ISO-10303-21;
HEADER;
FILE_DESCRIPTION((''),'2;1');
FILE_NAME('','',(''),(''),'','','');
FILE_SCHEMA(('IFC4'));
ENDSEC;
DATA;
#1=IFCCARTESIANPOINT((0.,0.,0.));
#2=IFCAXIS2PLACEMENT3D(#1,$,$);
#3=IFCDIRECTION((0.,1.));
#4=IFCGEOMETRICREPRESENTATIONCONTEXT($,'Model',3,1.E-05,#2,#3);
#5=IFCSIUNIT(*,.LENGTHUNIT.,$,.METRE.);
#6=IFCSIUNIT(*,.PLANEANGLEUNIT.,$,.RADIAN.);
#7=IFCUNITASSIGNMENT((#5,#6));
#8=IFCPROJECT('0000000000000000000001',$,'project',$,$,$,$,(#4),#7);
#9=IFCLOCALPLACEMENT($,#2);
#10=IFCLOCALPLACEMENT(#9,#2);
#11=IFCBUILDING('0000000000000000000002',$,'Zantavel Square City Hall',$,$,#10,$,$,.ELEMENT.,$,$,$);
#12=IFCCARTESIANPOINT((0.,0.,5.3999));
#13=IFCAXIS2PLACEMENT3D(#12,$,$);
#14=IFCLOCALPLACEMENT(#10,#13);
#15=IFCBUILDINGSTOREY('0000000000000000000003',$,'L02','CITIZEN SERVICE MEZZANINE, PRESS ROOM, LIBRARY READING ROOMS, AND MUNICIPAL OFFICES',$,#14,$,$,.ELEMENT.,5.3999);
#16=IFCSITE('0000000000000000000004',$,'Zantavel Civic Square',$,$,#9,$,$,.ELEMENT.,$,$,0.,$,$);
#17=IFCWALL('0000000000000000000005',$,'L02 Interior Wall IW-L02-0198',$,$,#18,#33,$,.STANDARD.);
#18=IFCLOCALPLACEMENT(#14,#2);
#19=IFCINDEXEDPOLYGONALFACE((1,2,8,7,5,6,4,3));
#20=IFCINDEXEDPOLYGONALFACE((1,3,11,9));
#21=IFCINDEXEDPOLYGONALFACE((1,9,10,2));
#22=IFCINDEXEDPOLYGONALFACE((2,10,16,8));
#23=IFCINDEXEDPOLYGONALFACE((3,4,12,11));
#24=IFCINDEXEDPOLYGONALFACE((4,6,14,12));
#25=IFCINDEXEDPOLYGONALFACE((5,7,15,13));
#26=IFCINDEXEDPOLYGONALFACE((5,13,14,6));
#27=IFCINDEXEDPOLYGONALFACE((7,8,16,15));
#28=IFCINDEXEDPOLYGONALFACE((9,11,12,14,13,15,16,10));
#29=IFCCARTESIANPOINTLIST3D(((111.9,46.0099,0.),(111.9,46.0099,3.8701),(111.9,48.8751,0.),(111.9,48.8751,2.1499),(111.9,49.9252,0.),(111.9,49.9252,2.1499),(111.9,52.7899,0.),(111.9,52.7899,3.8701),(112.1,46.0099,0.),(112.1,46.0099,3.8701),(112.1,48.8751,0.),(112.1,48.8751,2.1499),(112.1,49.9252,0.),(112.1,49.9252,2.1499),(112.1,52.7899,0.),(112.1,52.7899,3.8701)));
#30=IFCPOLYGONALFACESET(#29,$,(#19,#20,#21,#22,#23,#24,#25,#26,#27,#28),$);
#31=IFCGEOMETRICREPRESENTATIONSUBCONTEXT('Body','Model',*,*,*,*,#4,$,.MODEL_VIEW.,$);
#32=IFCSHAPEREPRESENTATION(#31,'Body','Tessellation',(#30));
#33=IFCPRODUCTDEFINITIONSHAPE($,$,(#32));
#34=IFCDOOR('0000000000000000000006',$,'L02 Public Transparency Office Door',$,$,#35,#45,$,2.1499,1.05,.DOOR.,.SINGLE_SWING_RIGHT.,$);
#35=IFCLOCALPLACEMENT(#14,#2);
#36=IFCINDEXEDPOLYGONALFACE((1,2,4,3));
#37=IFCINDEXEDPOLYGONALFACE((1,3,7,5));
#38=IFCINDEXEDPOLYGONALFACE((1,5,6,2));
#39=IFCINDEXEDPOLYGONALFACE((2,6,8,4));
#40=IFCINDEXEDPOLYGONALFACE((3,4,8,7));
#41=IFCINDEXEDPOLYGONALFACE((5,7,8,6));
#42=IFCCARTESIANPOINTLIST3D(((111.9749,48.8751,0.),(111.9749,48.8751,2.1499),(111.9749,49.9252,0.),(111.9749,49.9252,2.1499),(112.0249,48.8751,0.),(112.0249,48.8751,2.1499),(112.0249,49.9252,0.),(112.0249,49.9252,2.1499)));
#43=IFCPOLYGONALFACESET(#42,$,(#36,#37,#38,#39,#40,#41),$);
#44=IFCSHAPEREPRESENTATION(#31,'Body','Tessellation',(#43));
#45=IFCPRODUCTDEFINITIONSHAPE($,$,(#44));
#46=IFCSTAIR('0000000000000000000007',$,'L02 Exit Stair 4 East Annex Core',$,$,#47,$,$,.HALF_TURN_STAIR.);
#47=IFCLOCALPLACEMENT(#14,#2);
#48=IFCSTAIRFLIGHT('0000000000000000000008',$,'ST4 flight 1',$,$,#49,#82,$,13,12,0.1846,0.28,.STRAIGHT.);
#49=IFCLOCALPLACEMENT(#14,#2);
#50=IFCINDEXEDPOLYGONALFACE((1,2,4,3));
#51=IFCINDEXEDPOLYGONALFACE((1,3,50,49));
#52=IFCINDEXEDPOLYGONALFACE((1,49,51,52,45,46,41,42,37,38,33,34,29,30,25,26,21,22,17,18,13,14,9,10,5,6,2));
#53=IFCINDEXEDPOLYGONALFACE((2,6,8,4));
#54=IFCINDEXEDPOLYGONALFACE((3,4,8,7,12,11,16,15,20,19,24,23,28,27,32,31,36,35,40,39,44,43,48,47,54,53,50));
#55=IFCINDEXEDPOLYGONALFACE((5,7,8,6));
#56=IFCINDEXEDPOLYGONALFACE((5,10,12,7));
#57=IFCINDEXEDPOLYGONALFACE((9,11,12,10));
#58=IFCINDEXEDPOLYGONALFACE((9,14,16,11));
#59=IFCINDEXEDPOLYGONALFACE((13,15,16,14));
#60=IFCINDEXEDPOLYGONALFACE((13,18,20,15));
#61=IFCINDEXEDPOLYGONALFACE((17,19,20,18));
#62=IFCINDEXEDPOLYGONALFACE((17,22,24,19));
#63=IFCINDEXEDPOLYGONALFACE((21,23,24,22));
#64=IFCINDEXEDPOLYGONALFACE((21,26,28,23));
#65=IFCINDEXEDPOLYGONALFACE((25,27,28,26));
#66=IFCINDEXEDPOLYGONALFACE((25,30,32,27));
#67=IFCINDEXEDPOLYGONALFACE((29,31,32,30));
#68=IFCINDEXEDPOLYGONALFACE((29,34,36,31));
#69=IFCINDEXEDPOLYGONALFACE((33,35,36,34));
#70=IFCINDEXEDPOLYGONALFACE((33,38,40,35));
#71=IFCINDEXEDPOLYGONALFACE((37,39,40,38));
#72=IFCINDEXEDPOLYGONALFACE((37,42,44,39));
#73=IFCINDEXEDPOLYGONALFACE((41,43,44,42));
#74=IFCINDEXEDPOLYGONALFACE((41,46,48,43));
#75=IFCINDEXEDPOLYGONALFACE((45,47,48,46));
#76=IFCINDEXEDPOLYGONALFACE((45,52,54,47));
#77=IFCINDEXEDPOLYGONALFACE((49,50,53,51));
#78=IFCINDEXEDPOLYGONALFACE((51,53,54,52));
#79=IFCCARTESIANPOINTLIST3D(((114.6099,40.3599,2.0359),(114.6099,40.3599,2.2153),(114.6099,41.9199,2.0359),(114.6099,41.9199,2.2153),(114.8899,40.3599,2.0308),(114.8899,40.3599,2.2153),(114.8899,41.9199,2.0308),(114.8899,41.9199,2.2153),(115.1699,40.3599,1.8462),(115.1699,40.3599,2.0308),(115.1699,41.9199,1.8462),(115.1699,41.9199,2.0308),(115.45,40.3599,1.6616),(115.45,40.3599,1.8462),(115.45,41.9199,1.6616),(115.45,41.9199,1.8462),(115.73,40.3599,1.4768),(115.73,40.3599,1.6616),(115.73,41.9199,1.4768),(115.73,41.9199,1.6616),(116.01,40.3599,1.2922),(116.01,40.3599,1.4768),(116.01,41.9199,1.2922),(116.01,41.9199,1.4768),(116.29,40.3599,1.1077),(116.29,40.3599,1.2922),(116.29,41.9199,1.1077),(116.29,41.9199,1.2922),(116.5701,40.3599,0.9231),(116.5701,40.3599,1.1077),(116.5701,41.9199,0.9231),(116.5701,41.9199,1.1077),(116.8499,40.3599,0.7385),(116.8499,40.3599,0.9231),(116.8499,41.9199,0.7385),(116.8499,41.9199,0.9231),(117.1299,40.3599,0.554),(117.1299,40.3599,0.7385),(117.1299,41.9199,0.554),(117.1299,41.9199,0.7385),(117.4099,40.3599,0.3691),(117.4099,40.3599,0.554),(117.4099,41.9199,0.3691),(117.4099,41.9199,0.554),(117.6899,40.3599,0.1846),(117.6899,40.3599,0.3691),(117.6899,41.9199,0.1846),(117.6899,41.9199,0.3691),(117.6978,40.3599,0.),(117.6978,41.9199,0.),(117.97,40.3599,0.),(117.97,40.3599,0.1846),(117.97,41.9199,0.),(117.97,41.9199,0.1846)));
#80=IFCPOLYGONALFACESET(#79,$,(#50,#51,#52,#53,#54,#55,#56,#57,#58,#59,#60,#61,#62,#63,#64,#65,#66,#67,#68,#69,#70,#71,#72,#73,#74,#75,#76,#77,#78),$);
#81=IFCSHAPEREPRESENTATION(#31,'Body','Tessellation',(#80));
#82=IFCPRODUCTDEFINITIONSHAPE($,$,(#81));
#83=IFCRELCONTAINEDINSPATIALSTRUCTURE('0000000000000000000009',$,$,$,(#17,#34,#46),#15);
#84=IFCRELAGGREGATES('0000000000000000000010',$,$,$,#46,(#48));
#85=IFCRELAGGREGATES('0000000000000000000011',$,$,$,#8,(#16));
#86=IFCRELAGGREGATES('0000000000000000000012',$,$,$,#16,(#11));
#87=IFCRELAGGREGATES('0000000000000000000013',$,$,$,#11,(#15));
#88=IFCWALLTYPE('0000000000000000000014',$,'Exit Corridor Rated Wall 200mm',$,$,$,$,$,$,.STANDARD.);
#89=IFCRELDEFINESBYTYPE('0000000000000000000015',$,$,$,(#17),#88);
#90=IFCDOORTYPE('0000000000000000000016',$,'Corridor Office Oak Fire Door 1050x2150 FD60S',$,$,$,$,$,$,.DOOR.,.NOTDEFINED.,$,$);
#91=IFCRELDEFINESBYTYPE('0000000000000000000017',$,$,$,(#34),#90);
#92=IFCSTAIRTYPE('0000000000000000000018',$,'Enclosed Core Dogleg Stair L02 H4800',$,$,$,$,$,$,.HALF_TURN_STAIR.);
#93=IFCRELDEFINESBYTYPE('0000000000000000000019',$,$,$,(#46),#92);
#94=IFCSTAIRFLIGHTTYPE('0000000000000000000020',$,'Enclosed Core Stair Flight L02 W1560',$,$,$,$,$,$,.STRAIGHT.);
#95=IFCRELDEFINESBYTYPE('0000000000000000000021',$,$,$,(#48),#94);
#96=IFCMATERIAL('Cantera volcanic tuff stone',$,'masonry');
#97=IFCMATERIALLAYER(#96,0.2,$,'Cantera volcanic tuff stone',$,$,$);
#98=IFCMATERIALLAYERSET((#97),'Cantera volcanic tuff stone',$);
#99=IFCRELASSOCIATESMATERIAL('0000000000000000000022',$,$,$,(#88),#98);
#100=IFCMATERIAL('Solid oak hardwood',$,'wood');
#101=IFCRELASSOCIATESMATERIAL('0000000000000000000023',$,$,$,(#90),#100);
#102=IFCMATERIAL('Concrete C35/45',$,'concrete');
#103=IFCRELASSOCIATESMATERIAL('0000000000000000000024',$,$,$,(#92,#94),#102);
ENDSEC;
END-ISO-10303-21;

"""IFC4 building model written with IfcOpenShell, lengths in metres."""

from ifc_helpers import new_model, si_unit, direction, frame, frame_2d, origin, place, context, subcontext, project, spatial, polyline, rectangle, outline, extrude, material, layer, layer_set, type_object, element, fill, aggregate, save


model = new_model("IFC4")

# Units and contexts
model_context = context("Model", 3, precision=1e-05, world=origin(), true_north=direction((0.0, 1.0)))
body_context = subcontext(model_context, "Body", "Model", "MODEL_VIEW")
ifc_project = project(units=[si_unit("LENGTHUNIT", "METRE"), si_unit("PLANEANGLEUNIT", "RADIAN")], contexts=[model_context])

# Site, building, storey
site_placement = place(None, origin())
site = spatial("IfcSite", under=ifc_project, at=site_placement, Name="Zantavel Civic Square", CompositionType="ELEMENT", RefElevation=0.0)
building_placement = place(site_placement, origin())
building = spatial("IfcBuilding", under=site, at=building_placement, Name="Zantavel Square City Hall", CompositionType="ELEMENT")
storey_placement = place(building_placement, frame((0.0, 0.0, 5.3999)))
storey = spatial("IfcBuildingStorey", under=building, at=storey_placement, Name="L02", Description="CITIZEN SERVICE MEZZANINE, PRESS ROOM, LIBRARY READING ROOMS, AND MUNICIPAL OFFICES", CompositionType="ELEMENT", Elevation=5.3999)

# Shared definitions
ifc_material_1 = material(Name="Concrete C35/45", Category="concrete")

# Wall, opening, door
ifc_material_2 = material(Name="Cantera volcanic tuff stone", Category="masonry")
ifc_layer_1 = layer(ifc_material_2, 0.2, Name="Cantera volcanic tuff stone")
ifc_layer_set_1 = layer_set([ifc_layer_1], Name="Cantera volcanic tuff stone")
wall_type_1 = type_object("IfcWallType", Name="Exit Corridor Rated Wall 200mm", PredefinedType="STANDARD", material=ifc_layer_set_1)
ifc_material_3 = material(Name="Solid oak hardwood", Category="wood")
door_type_1 = type_object("IfcDoorType", Name="Corridor Office Oak Fire Door 1050x2150 FD60S", OperationType="NOTDEFINED", PredefinedType="DOOR", material=ifc_material_3)
wall_1_placement = place(storey_placement, frame((112.0, 52.79, 0.0), z_axis=(0.0, 0.0, 1.0), x_axis=(0.0, -1.0, 0.0)))
wall_1 = element("IfcWall", 1, at=wall_1_placement, inside=storey, type_object=wall_type_1, Name="L02 Interior Wall IW-L02-0198", PredefinedType="STANDARD", context=body_context, shape_type="SweptSolid", body=[
    extrude(rectangle(XDim=6.78, YDim=0.2, at=frame_2d((3.3901, 0.0))), origin(), (0.0, 0.0, 1.0), 3.8701),
])
opening_1_placement = place(wall_1_placement, frame((2.865, 0.0, 0.0)))
opening_1 = element("IfcOpeningElement", 2, at=opening_1_placement, cuts=wall_1, PredefinedType="OPENING", context=body_context, shape_type="SweptSolid", body=[
    extrude(rectangle(XDim=1.05, YDim=2.1499, at=frame_2d((0.5249, 1.075))), frame((0.0, 0.1099, 0.0), z_axis=(0.0, -1.0, 0.0), x_axis=(1.0, 0.0, 0.0)), (0.0, 0.0, 1.0), 0.22),
])
door_1_placement = place(opening_1_placement, origin())
door_1 = element("IfcDoor", 3, at=door_1_placement, inside=storey, type_object=door_type_1, Name="L02 Public Transparency Office Door", OperationType="SINGLE_SWING_RIGHT", OverallHeight=2.1499, OverallWidth=1.05, PredefinedType="DOOR", context=body_context, shape_type="SweptSolid", body=[
    extrude(rectangle(XDim=1.05, YDim=2.1499, at=frame_2d((0.5249, 1.075))), frame((0.0, 0.0249, 0.0), z_axis=(0.0, -1.0, 0.0), x_axis=(1.0, 0.0, 0.0)), (0.0, 0.0, 1.0), 0.05),
])
fill(opening_1, door_1)

# Stair, stair flight
stair_type = type_object("IfcStairType", Name="Enclosed Core Dogleg Stair L02 H4800", PredefinedType="HALF_TURN_STAIR", material=ifc_material_1)
stair_placement = place(storey_placement, origin())
stair = element("IfcStair", 4, at=stair_placement, inside=storey, type_object=stair_type, Name="L02 Exit Stair 4 East Annex Core", PredefinedType="HALF_TURN_STAIR")
stair_flight_type = type_object("IfcStairFlightType", Name="Enclosed Core Stair Flight L02 W1560", PredefinedType="STRAIGHT", material=ifc_material_1)
stair_flight_placement = place(storey_placement, frame((117.97, 41.1399, 0.0), z_axis=(0.0, 0.0, 1.0), x_axis=(-1.0, 0.0, 0.0)))
stair_flight = element("IfcStairFlight", 5, at=stair_flight_placement, type_object=stair_flight_type, Name="ST4 flight 1", NumberOfRisers=13, NumberOfTreads=12, PredefinedType="STRAIGHT", RiserHeight=0.1846, TreadLength=0.28, context=body_context, shape_type="SweptSolid", body=[
    extrude(outline(polyline([(0.0, 0.0), (0.0, 0.1846), (0.28, 0.1846), (0.28, 0.3691), (0.5601, 0.3691), (0.5601, 0.554), (0.8401, 0.554), (0.8401, 0.7385), (1.1201, 0.7385), (1.1201, 0.9231), (1.3999, 0.9231), (1.3999, 1.1077), (1.6799, 1.1077), (1.6799, 1.2922), (1.96, 1.2922), (1.96, 1.4768), (2.24, 1.4768), (2.24, 1.6616), (2.52, 1.6616), (2.52, 1.8462), (2.8, 1.8462), (2.8, 2.0308), (3.0801, 2.0308), (3.0801, 2.2153), (3.3601, 2.2153), (3.3601, 2.3999), (3.3601, 2.0359), (0.2722, 0.0), (0.0, 0.0)])), frame((0.0, 0.78, 0.0), z_axis=(0.0, -1.0, 0.0), x_axis=(1.0, 0.0, 0.0)), (0.0, 0.0, 1.0), 1.5601),
])
aggregate(stair, [stair_flight])

save(model, "model.ifc")
